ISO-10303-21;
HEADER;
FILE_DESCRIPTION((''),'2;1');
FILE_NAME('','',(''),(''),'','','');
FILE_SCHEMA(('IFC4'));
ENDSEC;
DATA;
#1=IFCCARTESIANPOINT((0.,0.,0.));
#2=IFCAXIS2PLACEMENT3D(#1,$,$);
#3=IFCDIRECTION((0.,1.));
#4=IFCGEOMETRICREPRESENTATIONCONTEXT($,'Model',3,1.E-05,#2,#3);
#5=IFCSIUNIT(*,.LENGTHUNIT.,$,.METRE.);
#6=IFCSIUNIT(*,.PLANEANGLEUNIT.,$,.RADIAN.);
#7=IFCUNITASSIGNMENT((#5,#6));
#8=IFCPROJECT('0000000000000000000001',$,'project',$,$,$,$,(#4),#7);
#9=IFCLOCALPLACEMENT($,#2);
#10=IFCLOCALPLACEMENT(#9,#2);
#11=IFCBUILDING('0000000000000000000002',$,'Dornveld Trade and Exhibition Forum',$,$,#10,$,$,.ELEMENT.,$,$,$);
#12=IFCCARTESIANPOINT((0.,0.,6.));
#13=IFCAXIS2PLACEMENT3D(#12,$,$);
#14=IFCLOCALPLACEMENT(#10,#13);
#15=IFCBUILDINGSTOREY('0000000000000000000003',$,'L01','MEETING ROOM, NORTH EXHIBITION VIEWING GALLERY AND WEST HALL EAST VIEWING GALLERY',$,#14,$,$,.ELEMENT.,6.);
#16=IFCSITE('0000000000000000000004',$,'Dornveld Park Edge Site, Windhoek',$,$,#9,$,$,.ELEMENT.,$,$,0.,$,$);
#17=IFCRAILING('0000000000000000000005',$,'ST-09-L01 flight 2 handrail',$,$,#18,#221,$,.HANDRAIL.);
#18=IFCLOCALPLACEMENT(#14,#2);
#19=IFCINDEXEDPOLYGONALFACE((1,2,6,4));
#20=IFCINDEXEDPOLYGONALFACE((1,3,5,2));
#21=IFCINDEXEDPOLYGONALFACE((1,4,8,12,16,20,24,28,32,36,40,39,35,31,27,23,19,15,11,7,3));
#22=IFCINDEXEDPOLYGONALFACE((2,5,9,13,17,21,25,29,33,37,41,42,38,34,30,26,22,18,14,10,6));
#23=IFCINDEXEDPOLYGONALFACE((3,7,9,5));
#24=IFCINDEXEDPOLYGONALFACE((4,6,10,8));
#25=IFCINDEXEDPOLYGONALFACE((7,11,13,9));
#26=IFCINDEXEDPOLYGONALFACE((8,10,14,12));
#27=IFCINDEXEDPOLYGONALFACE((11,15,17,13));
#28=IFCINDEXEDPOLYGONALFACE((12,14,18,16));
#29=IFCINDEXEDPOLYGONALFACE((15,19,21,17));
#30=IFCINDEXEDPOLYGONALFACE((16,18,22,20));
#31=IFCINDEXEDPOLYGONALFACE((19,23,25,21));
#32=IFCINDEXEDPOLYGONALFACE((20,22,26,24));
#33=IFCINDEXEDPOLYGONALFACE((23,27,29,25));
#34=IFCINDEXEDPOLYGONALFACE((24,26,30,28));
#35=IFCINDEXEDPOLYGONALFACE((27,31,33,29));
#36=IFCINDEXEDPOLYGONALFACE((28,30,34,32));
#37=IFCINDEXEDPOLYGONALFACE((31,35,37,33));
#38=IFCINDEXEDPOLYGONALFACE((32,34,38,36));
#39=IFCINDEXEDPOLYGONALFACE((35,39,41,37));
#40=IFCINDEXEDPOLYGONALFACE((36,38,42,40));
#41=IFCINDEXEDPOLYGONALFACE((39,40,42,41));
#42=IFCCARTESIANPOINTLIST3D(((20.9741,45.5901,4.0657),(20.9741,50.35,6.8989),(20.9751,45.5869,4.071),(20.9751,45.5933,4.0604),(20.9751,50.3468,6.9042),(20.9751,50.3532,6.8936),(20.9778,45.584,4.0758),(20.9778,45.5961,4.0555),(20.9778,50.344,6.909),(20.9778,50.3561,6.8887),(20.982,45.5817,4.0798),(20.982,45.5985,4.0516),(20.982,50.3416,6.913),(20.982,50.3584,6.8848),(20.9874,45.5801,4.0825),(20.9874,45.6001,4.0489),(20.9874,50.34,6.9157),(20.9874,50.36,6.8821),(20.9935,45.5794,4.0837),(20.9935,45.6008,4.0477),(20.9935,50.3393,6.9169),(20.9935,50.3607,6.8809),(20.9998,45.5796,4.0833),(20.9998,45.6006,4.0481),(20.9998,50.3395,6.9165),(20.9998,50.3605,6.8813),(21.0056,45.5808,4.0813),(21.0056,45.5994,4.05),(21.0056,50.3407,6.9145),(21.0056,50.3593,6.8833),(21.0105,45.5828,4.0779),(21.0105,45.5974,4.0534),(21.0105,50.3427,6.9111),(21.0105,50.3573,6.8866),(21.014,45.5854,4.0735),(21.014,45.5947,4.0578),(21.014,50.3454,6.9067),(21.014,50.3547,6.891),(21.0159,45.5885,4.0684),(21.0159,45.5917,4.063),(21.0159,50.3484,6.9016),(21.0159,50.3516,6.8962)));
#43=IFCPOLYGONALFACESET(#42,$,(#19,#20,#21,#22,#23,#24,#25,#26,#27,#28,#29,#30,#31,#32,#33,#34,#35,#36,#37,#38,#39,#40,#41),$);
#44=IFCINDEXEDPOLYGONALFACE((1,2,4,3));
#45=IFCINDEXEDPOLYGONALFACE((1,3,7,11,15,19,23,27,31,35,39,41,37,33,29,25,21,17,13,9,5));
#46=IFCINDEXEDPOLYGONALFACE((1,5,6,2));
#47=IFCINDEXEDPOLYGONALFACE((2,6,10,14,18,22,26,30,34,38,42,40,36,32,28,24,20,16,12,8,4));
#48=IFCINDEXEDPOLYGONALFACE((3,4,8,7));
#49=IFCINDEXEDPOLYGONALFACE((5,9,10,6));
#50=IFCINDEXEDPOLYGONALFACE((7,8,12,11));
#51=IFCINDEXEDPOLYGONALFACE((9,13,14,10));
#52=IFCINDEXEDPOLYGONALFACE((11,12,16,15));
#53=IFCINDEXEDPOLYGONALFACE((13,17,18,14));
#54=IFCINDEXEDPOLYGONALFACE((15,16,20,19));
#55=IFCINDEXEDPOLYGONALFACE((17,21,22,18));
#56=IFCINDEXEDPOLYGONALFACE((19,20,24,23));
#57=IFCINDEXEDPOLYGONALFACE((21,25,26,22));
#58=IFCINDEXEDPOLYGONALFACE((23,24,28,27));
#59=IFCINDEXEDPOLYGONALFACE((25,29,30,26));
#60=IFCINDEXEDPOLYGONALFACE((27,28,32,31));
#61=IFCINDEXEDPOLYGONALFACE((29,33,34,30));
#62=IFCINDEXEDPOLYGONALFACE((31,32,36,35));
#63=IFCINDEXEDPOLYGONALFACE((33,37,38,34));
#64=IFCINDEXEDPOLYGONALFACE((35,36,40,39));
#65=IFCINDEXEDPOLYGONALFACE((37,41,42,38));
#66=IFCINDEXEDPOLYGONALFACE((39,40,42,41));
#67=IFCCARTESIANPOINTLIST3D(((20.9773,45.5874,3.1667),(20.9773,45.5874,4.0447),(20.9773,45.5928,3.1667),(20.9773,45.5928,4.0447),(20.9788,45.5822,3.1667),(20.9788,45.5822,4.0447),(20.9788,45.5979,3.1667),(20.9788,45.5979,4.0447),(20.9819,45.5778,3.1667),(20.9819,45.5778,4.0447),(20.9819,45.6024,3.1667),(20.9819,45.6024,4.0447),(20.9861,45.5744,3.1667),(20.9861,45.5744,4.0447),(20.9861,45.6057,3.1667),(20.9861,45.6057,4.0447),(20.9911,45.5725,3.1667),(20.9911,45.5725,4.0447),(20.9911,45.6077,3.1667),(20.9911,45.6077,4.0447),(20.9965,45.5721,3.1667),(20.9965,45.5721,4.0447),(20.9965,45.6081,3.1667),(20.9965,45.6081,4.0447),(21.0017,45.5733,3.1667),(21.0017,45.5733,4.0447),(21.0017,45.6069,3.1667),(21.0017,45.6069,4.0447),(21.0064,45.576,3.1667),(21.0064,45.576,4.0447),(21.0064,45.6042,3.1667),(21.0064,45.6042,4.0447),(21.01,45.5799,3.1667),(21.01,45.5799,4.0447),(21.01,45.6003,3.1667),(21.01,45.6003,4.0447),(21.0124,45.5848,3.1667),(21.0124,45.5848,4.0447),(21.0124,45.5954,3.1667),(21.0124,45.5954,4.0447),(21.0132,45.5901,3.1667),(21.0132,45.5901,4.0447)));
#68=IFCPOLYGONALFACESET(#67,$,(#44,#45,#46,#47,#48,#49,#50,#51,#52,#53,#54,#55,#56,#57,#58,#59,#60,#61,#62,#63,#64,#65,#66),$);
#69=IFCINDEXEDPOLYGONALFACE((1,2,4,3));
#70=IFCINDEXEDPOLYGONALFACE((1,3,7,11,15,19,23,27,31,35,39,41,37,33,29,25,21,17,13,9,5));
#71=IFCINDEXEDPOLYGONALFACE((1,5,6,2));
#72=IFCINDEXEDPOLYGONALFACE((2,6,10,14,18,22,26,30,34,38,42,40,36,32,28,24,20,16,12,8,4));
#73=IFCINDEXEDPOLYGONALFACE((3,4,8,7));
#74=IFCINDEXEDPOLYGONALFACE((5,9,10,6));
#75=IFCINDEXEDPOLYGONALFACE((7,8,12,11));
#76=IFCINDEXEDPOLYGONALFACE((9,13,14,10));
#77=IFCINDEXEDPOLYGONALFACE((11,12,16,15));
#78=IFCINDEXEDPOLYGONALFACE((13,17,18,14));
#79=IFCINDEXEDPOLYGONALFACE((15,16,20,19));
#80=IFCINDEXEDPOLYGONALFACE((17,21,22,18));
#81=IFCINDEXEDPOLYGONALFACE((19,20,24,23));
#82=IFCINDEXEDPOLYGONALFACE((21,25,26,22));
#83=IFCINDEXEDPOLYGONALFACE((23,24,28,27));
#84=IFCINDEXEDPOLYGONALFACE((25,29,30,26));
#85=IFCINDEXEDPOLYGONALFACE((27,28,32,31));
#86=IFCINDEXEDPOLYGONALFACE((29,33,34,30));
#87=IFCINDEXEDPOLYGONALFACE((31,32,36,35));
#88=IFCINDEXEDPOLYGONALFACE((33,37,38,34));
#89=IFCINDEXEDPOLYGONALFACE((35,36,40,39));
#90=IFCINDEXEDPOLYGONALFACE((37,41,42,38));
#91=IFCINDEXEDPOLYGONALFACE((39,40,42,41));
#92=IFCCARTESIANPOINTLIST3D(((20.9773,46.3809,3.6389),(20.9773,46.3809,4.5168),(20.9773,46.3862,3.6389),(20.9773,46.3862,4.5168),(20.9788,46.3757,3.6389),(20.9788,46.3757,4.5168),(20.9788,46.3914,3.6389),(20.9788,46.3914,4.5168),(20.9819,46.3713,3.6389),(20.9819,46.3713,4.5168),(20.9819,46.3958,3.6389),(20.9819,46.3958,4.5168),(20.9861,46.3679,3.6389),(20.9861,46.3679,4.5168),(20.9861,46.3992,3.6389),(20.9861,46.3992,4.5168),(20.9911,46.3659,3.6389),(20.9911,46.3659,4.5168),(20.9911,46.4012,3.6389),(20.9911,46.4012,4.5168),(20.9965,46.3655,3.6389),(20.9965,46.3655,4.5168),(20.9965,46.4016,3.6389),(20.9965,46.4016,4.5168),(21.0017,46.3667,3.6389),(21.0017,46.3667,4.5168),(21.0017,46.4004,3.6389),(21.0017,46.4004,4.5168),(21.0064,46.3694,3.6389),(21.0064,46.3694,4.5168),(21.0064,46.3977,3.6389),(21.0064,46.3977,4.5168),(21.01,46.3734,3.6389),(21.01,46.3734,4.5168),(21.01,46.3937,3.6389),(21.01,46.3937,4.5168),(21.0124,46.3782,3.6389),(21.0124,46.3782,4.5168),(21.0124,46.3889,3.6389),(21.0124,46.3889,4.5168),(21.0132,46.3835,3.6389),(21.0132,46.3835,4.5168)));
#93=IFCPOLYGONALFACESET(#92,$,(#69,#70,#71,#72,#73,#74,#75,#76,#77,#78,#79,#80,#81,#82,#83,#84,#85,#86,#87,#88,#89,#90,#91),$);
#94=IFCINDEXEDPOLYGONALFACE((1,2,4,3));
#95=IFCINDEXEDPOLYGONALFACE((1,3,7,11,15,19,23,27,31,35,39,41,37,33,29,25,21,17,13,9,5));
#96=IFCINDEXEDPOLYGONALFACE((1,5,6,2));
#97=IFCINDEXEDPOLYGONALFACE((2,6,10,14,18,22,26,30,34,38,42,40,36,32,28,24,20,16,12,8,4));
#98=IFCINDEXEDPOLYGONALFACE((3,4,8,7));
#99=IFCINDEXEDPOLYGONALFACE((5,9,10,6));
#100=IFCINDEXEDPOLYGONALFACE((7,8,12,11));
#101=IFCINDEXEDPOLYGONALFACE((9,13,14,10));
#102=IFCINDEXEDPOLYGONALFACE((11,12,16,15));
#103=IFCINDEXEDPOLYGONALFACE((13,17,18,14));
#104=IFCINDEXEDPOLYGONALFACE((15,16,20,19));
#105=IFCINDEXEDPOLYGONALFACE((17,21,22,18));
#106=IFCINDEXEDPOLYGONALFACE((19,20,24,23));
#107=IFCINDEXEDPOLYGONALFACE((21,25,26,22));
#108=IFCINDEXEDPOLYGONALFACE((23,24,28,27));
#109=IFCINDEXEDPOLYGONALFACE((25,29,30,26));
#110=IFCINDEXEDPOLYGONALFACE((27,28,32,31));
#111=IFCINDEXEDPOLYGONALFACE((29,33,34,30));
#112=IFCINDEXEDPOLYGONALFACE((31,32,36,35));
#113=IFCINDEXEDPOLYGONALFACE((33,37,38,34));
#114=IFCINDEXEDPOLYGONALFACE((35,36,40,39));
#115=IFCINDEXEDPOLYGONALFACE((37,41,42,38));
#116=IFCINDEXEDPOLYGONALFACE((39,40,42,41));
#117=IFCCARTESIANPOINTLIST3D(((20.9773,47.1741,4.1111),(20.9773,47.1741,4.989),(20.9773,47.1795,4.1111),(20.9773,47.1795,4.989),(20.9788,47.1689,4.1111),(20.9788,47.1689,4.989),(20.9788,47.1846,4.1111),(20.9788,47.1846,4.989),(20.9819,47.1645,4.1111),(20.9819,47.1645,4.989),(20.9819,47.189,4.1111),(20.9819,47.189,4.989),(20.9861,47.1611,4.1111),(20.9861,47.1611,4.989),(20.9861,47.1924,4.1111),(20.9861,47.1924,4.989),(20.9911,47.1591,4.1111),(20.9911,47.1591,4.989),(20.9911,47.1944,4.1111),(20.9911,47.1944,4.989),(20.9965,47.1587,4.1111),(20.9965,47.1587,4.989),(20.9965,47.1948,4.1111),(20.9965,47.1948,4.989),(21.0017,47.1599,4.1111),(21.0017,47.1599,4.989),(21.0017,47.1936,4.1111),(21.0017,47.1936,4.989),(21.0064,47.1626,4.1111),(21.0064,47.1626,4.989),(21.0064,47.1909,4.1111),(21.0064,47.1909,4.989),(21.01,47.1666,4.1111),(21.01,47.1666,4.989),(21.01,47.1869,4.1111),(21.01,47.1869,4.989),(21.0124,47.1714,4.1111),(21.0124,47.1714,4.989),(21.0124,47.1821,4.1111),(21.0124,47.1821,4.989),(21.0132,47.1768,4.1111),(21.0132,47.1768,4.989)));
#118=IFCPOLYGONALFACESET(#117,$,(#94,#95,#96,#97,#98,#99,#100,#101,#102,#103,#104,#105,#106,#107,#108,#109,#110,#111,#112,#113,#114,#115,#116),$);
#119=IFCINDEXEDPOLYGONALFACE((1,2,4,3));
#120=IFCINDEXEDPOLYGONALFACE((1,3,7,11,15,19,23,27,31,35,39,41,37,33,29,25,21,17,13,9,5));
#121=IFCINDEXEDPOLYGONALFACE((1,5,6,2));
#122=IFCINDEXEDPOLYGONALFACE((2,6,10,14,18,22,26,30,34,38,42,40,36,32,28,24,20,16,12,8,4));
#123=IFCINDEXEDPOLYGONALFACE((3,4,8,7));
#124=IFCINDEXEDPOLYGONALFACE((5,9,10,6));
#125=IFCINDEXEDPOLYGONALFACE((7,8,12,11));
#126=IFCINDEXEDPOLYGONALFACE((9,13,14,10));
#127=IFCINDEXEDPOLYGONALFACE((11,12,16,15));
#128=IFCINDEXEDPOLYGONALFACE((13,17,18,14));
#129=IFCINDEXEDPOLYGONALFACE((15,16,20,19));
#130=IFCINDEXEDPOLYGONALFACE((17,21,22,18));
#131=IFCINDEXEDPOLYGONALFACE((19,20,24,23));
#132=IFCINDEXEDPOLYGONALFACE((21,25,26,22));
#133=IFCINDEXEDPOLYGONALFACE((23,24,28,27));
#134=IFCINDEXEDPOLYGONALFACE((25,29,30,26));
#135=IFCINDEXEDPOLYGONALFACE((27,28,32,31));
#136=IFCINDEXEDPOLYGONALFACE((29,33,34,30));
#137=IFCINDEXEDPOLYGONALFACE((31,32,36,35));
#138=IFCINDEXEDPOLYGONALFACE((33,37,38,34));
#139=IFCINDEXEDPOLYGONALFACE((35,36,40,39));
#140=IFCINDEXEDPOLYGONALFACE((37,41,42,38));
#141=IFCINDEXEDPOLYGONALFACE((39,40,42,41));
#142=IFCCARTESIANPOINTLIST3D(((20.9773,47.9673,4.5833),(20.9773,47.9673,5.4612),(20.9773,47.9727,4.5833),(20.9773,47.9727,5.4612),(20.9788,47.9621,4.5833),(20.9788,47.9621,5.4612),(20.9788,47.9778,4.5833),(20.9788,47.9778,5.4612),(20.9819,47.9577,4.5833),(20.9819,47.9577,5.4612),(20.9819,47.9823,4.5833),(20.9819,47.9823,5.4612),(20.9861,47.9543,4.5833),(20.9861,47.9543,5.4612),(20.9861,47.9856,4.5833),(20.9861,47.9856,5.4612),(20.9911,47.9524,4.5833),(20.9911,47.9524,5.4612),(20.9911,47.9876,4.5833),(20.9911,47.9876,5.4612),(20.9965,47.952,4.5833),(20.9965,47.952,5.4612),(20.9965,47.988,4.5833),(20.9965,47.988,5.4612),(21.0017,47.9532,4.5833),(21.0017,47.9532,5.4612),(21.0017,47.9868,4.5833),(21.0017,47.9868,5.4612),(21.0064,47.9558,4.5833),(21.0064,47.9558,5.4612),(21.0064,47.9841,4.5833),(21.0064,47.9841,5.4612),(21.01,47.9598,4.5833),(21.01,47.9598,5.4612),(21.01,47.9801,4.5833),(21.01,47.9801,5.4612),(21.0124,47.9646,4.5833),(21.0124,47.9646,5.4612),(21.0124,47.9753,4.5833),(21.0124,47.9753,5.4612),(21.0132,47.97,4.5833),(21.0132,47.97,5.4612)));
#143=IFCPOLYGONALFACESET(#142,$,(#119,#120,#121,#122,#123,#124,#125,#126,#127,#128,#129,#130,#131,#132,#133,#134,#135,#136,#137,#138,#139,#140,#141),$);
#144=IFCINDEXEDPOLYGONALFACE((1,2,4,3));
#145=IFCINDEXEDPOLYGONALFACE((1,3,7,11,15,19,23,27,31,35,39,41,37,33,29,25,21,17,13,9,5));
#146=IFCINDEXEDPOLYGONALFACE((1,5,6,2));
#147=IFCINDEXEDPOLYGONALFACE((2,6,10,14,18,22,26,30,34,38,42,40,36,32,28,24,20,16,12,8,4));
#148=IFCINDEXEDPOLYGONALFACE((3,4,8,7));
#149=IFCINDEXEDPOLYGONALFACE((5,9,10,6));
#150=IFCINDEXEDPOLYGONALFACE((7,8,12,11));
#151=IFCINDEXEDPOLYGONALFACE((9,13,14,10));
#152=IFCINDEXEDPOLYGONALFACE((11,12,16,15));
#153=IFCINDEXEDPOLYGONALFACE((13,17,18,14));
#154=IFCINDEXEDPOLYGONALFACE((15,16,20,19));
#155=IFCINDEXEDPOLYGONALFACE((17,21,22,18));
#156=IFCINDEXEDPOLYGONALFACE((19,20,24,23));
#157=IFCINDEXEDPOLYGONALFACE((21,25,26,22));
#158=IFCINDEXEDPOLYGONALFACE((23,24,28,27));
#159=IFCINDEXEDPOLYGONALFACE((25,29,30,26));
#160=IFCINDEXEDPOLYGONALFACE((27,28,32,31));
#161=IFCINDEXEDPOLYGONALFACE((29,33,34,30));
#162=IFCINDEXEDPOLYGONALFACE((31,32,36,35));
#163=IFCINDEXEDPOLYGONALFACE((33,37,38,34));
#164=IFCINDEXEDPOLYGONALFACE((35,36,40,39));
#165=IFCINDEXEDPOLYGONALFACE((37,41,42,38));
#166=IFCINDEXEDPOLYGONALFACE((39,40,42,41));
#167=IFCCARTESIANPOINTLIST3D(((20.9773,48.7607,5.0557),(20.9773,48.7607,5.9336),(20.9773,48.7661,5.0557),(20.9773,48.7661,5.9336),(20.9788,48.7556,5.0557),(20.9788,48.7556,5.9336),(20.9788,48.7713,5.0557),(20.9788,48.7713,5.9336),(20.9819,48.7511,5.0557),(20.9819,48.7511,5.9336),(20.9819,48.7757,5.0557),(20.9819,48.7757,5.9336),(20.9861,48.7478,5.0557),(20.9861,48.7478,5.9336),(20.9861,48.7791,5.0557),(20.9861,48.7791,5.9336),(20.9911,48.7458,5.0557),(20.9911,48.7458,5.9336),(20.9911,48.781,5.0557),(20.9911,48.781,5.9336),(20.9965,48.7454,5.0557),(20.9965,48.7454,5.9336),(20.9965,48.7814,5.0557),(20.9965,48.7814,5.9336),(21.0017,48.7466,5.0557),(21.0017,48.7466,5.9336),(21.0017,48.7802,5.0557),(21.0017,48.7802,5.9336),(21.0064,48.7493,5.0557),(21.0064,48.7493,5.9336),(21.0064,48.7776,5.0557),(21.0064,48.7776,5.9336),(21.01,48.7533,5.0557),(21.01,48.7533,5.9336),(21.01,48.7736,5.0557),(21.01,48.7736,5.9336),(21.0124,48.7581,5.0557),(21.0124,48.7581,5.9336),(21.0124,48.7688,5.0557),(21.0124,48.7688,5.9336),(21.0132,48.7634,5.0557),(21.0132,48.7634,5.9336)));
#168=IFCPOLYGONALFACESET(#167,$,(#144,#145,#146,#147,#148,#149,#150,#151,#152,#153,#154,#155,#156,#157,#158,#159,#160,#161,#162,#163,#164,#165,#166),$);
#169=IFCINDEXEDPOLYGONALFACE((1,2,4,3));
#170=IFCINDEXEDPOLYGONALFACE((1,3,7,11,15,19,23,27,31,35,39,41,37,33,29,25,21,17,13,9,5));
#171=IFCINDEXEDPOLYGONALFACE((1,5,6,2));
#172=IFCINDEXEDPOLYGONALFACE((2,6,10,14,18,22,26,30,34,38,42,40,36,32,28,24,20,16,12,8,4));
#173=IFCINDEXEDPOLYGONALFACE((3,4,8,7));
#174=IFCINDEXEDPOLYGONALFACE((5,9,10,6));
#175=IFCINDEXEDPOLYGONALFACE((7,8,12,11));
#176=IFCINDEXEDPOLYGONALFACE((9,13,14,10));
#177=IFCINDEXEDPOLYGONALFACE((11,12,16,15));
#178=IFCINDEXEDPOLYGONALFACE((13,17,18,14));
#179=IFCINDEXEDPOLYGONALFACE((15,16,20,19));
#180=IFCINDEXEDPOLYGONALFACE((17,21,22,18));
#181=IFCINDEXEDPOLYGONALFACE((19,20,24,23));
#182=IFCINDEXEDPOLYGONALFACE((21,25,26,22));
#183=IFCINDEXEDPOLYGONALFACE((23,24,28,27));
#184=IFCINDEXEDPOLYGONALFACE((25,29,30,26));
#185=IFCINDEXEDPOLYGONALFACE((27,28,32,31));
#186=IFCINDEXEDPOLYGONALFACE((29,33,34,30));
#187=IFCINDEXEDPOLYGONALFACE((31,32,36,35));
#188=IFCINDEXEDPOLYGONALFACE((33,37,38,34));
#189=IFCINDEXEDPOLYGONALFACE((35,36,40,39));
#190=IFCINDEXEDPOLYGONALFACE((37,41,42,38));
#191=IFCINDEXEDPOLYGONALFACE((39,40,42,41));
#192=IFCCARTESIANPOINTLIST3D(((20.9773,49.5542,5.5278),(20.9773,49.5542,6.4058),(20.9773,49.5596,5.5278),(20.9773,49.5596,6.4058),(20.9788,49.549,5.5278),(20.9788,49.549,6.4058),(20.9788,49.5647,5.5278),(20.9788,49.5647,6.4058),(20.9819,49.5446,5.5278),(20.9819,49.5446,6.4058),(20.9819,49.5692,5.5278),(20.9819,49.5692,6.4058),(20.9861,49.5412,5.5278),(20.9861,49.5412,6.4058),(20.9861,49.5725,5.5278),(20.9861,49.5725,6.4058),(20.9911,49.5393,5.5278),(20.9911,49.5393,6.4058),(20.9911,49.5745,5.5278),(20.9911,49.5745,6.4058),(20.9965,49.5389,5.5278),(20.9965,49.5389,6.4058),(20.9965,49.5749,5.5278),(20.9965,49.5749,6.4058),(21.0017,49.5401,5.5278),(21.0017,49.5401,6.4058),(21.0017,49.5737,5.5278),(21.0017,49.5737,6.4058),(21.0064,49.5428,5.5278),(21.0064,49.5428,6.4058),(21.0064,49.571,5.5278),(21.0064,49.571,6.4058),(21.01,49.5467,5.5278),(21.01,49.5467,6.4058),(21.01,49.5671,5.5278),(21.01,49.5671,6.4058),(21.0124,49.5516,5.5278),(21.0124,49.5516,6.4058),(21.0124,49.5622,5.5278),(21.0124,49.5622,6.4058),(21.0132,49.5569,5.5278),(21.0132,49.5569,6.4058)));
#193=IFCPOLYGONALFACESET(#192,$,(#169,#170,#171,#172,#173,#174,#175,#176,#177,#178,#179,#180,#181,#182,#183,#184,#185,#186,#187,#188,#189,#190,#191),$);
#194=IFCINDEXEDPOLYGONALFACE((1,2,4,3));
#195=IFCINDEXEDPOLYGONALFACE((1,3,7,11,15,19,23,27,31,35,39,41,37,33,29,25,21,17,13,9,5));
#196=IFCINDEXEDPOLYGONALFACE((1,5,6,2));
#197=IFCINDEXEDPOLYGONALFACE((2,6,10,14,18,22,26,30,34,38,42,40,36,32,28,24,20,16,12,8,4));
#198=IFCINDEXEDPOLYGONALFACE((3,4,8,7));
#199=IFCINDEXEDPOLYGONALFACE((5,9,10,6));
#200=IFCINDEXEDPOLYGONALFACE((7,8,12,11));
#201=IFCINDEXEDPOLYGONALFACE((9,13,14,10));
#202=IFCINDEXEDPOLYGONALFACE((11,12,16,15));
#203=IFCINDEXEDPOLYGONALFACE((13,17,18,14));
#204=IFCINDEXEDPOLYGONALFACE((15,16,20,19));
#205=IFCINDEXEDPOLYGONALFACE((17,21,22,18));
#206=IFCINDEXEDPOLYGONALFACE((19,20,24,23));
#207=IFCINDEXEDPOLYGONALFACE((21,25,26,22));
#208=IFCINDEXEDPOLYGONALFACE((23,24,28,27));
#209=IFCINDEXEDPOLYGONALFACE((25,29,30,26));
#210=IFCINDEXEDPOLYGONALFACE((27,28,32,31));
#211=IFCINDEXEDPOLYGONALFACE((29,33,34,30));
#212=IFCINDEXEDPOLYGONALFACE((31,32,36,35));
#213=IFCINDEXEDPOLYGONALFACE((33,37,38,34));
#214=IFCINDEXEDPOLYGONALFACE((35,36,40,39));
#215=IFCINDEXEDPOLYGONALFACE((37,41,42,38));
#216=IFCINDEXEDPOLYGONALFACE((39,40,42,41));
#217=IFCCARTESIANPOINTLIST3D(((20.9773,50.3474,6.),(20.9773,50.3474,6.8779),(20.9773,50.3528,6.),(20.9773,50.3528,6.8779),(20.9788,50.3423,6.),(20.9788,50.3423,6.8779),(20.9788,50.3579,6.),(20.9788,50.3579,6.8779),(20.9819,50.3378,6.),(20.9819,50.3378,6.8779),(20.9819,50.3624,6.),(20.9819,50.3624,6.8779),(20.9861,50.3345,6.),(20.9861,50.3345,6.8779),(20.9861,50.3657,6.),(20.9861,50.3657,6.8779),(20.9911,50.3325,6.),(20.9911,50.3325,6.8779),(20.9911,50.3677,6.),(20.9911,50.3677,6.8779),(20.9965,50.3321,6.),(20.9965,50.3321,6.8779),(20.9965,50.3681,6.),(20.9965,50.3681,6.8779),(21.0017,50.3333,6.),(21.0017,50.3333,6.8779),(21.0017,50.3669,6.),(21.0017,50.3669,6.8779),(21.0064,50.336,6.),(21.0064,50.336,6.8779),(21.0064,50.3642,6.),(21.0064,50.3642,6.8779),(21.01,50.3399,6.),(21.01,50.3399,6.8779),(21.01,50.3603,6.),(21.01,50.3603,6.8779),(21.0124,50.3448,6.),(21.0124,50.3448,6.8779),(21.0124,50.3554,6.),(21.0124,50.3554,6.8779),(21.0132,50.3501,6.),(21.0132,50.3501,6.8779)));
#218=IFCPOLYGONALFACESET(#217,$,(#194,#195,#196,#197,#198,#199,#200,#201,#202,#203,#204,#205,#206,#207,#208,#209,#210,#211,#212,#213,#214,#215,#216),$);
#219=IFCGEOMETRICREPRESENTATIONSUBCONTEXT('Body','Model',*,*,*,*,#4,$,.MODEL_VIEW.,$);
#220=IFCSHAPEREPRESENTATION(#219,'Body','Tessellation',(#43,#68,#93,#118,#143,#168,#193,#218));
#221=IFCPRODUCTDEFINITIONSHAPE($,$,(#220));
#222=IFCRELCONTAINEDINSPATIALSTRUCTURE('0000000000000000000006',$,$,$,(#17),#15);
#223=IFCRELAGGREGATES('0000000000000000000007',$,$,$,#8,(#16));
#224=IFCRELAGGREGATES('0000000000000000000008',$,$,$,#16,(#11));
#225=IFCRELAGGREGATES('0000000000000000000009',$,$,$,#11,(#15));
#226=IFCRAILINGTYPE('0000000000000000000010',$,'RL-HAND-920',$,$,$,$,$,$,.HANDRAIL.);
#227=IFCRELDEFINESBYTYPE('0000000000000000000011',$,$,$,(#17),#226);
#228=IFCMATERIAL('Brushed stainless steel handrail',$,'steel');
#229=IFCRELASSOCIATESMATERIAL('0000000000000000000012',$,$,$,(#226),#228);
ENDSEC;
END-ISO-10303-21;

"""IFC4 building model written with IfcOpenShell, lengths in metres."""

from ifc_helpers import new_model, si_unit, direction, frame, origin, origin_2d, place, context, subcontext, project, spatial, circle, extrude, material, type_object, element, save


model = new_model("IFC4")

# Units and contexts
model_context = context("Model", 3, precision=1e-05, world=origin(), true_north=direction((0.0, 1.0)))
body_context = subcontext(model_context, "Body", "Model", "MODEL_VIEW")
ifc_project = project(units=[si_unit("LENGTHUNIT", "METRE"), si_unit("PLANEANGLEUNIT", "RADIAN")], contexts=[model_context])

# Site, building, storey
site_placement = place(None, origin())
site = spatial("IfcSite", under=ifc_project, at=site_placement, Name="Dornveld Park Edge Site, Windhoek", CompositionType="ELEMENT", RefElevation=0.0)
building_placement = place(site_placement, origin())
building = spatial("IfcBuilding", under=site, at=building_placement, Name="Dornveld Trade and Exhibition Forum", CompositionType="ELEMENT")
storey_placement = place(building_placement, frame((0.0, 0.0, 6.0)))
storey = spatial("IfcBuildingStorey", under=building, at=storey_placement, Name="L01", Description="MEETING ROOM, NORTH EXHIBITION VIEWING GALLERY AND WEST HALL EAST VIEWING GALLERY", CompositionType="ELEMENT", Elevation=6.0)

# Railing
ifc_material_1 = material(Name="Brushed stainless steel handrail", Category="steel")
railing_type = type_object("IfcRailingType", Name="RL-HAND-920", PredefinedType="HANDRAIL", material=ifc_material_1)
railing_placement = place(storey_placement, frame((20.9951, 45.5901, 3.1667)))
element("IfcRailing", 1, at=railing_placement, inside=storey, type_object=railing_type, Name="ST-09-L01 flight 2 handrail", PredefinedType="HANDRAIL", context=body_context, shape_type="SweptSolid", body=[
    extrude(circle(Radius=0.021, at=origin_2d()), frame((0.0, 0.0, 0.8989), z_axis=(0.0, 0.8593, 0.511472), x_axis=(-1.0, 0.0, 0.0)), (0.0, 0.0, 1.0), 5.5393),
    extrude(circle(Radius=0.0181, at=origin_2d()), origin(), (0.0, 0.0, 1.0), 0.8779),
    extrude(circle(Radius=0.0181, at=origin_2d()), frame((0.0, 0.7935, 0.4722)), (0.0, 0.0, 1.0), 0.8779),
    extrude(circle(Radius=0.0181, at=origin_2d()), frame((0.0, 1.5867, 0.9443)), (0.0, 0.0, 1.0), 0.8779),
    extrude(circle(Radius=0.0181, at=origin_2d()), frame((0.0, 2.3799, 1.4165)), (0.0, 0.0, 1.0), 0.8779),
    extrude(circle(Radius=0.0181, at=origin_2d()), frame((0.0, 3.1733, 1.8889)), (0.0, 0.0, 1.0), 0.8779),
    extrude(circle(Radius=0.0181, at=origin_2d()), frame((0.0, 3.9668, 2.3611)), (0.0, 0.0, 1.0), 0.8779),
    extrude(circle(Radius=0.0181, at=origin_2d()), frame((0.0, 4.76, 2.8333)), (0.0, 0.0, 1.0), 0.8779),
])

save(model, "model.ifc")
